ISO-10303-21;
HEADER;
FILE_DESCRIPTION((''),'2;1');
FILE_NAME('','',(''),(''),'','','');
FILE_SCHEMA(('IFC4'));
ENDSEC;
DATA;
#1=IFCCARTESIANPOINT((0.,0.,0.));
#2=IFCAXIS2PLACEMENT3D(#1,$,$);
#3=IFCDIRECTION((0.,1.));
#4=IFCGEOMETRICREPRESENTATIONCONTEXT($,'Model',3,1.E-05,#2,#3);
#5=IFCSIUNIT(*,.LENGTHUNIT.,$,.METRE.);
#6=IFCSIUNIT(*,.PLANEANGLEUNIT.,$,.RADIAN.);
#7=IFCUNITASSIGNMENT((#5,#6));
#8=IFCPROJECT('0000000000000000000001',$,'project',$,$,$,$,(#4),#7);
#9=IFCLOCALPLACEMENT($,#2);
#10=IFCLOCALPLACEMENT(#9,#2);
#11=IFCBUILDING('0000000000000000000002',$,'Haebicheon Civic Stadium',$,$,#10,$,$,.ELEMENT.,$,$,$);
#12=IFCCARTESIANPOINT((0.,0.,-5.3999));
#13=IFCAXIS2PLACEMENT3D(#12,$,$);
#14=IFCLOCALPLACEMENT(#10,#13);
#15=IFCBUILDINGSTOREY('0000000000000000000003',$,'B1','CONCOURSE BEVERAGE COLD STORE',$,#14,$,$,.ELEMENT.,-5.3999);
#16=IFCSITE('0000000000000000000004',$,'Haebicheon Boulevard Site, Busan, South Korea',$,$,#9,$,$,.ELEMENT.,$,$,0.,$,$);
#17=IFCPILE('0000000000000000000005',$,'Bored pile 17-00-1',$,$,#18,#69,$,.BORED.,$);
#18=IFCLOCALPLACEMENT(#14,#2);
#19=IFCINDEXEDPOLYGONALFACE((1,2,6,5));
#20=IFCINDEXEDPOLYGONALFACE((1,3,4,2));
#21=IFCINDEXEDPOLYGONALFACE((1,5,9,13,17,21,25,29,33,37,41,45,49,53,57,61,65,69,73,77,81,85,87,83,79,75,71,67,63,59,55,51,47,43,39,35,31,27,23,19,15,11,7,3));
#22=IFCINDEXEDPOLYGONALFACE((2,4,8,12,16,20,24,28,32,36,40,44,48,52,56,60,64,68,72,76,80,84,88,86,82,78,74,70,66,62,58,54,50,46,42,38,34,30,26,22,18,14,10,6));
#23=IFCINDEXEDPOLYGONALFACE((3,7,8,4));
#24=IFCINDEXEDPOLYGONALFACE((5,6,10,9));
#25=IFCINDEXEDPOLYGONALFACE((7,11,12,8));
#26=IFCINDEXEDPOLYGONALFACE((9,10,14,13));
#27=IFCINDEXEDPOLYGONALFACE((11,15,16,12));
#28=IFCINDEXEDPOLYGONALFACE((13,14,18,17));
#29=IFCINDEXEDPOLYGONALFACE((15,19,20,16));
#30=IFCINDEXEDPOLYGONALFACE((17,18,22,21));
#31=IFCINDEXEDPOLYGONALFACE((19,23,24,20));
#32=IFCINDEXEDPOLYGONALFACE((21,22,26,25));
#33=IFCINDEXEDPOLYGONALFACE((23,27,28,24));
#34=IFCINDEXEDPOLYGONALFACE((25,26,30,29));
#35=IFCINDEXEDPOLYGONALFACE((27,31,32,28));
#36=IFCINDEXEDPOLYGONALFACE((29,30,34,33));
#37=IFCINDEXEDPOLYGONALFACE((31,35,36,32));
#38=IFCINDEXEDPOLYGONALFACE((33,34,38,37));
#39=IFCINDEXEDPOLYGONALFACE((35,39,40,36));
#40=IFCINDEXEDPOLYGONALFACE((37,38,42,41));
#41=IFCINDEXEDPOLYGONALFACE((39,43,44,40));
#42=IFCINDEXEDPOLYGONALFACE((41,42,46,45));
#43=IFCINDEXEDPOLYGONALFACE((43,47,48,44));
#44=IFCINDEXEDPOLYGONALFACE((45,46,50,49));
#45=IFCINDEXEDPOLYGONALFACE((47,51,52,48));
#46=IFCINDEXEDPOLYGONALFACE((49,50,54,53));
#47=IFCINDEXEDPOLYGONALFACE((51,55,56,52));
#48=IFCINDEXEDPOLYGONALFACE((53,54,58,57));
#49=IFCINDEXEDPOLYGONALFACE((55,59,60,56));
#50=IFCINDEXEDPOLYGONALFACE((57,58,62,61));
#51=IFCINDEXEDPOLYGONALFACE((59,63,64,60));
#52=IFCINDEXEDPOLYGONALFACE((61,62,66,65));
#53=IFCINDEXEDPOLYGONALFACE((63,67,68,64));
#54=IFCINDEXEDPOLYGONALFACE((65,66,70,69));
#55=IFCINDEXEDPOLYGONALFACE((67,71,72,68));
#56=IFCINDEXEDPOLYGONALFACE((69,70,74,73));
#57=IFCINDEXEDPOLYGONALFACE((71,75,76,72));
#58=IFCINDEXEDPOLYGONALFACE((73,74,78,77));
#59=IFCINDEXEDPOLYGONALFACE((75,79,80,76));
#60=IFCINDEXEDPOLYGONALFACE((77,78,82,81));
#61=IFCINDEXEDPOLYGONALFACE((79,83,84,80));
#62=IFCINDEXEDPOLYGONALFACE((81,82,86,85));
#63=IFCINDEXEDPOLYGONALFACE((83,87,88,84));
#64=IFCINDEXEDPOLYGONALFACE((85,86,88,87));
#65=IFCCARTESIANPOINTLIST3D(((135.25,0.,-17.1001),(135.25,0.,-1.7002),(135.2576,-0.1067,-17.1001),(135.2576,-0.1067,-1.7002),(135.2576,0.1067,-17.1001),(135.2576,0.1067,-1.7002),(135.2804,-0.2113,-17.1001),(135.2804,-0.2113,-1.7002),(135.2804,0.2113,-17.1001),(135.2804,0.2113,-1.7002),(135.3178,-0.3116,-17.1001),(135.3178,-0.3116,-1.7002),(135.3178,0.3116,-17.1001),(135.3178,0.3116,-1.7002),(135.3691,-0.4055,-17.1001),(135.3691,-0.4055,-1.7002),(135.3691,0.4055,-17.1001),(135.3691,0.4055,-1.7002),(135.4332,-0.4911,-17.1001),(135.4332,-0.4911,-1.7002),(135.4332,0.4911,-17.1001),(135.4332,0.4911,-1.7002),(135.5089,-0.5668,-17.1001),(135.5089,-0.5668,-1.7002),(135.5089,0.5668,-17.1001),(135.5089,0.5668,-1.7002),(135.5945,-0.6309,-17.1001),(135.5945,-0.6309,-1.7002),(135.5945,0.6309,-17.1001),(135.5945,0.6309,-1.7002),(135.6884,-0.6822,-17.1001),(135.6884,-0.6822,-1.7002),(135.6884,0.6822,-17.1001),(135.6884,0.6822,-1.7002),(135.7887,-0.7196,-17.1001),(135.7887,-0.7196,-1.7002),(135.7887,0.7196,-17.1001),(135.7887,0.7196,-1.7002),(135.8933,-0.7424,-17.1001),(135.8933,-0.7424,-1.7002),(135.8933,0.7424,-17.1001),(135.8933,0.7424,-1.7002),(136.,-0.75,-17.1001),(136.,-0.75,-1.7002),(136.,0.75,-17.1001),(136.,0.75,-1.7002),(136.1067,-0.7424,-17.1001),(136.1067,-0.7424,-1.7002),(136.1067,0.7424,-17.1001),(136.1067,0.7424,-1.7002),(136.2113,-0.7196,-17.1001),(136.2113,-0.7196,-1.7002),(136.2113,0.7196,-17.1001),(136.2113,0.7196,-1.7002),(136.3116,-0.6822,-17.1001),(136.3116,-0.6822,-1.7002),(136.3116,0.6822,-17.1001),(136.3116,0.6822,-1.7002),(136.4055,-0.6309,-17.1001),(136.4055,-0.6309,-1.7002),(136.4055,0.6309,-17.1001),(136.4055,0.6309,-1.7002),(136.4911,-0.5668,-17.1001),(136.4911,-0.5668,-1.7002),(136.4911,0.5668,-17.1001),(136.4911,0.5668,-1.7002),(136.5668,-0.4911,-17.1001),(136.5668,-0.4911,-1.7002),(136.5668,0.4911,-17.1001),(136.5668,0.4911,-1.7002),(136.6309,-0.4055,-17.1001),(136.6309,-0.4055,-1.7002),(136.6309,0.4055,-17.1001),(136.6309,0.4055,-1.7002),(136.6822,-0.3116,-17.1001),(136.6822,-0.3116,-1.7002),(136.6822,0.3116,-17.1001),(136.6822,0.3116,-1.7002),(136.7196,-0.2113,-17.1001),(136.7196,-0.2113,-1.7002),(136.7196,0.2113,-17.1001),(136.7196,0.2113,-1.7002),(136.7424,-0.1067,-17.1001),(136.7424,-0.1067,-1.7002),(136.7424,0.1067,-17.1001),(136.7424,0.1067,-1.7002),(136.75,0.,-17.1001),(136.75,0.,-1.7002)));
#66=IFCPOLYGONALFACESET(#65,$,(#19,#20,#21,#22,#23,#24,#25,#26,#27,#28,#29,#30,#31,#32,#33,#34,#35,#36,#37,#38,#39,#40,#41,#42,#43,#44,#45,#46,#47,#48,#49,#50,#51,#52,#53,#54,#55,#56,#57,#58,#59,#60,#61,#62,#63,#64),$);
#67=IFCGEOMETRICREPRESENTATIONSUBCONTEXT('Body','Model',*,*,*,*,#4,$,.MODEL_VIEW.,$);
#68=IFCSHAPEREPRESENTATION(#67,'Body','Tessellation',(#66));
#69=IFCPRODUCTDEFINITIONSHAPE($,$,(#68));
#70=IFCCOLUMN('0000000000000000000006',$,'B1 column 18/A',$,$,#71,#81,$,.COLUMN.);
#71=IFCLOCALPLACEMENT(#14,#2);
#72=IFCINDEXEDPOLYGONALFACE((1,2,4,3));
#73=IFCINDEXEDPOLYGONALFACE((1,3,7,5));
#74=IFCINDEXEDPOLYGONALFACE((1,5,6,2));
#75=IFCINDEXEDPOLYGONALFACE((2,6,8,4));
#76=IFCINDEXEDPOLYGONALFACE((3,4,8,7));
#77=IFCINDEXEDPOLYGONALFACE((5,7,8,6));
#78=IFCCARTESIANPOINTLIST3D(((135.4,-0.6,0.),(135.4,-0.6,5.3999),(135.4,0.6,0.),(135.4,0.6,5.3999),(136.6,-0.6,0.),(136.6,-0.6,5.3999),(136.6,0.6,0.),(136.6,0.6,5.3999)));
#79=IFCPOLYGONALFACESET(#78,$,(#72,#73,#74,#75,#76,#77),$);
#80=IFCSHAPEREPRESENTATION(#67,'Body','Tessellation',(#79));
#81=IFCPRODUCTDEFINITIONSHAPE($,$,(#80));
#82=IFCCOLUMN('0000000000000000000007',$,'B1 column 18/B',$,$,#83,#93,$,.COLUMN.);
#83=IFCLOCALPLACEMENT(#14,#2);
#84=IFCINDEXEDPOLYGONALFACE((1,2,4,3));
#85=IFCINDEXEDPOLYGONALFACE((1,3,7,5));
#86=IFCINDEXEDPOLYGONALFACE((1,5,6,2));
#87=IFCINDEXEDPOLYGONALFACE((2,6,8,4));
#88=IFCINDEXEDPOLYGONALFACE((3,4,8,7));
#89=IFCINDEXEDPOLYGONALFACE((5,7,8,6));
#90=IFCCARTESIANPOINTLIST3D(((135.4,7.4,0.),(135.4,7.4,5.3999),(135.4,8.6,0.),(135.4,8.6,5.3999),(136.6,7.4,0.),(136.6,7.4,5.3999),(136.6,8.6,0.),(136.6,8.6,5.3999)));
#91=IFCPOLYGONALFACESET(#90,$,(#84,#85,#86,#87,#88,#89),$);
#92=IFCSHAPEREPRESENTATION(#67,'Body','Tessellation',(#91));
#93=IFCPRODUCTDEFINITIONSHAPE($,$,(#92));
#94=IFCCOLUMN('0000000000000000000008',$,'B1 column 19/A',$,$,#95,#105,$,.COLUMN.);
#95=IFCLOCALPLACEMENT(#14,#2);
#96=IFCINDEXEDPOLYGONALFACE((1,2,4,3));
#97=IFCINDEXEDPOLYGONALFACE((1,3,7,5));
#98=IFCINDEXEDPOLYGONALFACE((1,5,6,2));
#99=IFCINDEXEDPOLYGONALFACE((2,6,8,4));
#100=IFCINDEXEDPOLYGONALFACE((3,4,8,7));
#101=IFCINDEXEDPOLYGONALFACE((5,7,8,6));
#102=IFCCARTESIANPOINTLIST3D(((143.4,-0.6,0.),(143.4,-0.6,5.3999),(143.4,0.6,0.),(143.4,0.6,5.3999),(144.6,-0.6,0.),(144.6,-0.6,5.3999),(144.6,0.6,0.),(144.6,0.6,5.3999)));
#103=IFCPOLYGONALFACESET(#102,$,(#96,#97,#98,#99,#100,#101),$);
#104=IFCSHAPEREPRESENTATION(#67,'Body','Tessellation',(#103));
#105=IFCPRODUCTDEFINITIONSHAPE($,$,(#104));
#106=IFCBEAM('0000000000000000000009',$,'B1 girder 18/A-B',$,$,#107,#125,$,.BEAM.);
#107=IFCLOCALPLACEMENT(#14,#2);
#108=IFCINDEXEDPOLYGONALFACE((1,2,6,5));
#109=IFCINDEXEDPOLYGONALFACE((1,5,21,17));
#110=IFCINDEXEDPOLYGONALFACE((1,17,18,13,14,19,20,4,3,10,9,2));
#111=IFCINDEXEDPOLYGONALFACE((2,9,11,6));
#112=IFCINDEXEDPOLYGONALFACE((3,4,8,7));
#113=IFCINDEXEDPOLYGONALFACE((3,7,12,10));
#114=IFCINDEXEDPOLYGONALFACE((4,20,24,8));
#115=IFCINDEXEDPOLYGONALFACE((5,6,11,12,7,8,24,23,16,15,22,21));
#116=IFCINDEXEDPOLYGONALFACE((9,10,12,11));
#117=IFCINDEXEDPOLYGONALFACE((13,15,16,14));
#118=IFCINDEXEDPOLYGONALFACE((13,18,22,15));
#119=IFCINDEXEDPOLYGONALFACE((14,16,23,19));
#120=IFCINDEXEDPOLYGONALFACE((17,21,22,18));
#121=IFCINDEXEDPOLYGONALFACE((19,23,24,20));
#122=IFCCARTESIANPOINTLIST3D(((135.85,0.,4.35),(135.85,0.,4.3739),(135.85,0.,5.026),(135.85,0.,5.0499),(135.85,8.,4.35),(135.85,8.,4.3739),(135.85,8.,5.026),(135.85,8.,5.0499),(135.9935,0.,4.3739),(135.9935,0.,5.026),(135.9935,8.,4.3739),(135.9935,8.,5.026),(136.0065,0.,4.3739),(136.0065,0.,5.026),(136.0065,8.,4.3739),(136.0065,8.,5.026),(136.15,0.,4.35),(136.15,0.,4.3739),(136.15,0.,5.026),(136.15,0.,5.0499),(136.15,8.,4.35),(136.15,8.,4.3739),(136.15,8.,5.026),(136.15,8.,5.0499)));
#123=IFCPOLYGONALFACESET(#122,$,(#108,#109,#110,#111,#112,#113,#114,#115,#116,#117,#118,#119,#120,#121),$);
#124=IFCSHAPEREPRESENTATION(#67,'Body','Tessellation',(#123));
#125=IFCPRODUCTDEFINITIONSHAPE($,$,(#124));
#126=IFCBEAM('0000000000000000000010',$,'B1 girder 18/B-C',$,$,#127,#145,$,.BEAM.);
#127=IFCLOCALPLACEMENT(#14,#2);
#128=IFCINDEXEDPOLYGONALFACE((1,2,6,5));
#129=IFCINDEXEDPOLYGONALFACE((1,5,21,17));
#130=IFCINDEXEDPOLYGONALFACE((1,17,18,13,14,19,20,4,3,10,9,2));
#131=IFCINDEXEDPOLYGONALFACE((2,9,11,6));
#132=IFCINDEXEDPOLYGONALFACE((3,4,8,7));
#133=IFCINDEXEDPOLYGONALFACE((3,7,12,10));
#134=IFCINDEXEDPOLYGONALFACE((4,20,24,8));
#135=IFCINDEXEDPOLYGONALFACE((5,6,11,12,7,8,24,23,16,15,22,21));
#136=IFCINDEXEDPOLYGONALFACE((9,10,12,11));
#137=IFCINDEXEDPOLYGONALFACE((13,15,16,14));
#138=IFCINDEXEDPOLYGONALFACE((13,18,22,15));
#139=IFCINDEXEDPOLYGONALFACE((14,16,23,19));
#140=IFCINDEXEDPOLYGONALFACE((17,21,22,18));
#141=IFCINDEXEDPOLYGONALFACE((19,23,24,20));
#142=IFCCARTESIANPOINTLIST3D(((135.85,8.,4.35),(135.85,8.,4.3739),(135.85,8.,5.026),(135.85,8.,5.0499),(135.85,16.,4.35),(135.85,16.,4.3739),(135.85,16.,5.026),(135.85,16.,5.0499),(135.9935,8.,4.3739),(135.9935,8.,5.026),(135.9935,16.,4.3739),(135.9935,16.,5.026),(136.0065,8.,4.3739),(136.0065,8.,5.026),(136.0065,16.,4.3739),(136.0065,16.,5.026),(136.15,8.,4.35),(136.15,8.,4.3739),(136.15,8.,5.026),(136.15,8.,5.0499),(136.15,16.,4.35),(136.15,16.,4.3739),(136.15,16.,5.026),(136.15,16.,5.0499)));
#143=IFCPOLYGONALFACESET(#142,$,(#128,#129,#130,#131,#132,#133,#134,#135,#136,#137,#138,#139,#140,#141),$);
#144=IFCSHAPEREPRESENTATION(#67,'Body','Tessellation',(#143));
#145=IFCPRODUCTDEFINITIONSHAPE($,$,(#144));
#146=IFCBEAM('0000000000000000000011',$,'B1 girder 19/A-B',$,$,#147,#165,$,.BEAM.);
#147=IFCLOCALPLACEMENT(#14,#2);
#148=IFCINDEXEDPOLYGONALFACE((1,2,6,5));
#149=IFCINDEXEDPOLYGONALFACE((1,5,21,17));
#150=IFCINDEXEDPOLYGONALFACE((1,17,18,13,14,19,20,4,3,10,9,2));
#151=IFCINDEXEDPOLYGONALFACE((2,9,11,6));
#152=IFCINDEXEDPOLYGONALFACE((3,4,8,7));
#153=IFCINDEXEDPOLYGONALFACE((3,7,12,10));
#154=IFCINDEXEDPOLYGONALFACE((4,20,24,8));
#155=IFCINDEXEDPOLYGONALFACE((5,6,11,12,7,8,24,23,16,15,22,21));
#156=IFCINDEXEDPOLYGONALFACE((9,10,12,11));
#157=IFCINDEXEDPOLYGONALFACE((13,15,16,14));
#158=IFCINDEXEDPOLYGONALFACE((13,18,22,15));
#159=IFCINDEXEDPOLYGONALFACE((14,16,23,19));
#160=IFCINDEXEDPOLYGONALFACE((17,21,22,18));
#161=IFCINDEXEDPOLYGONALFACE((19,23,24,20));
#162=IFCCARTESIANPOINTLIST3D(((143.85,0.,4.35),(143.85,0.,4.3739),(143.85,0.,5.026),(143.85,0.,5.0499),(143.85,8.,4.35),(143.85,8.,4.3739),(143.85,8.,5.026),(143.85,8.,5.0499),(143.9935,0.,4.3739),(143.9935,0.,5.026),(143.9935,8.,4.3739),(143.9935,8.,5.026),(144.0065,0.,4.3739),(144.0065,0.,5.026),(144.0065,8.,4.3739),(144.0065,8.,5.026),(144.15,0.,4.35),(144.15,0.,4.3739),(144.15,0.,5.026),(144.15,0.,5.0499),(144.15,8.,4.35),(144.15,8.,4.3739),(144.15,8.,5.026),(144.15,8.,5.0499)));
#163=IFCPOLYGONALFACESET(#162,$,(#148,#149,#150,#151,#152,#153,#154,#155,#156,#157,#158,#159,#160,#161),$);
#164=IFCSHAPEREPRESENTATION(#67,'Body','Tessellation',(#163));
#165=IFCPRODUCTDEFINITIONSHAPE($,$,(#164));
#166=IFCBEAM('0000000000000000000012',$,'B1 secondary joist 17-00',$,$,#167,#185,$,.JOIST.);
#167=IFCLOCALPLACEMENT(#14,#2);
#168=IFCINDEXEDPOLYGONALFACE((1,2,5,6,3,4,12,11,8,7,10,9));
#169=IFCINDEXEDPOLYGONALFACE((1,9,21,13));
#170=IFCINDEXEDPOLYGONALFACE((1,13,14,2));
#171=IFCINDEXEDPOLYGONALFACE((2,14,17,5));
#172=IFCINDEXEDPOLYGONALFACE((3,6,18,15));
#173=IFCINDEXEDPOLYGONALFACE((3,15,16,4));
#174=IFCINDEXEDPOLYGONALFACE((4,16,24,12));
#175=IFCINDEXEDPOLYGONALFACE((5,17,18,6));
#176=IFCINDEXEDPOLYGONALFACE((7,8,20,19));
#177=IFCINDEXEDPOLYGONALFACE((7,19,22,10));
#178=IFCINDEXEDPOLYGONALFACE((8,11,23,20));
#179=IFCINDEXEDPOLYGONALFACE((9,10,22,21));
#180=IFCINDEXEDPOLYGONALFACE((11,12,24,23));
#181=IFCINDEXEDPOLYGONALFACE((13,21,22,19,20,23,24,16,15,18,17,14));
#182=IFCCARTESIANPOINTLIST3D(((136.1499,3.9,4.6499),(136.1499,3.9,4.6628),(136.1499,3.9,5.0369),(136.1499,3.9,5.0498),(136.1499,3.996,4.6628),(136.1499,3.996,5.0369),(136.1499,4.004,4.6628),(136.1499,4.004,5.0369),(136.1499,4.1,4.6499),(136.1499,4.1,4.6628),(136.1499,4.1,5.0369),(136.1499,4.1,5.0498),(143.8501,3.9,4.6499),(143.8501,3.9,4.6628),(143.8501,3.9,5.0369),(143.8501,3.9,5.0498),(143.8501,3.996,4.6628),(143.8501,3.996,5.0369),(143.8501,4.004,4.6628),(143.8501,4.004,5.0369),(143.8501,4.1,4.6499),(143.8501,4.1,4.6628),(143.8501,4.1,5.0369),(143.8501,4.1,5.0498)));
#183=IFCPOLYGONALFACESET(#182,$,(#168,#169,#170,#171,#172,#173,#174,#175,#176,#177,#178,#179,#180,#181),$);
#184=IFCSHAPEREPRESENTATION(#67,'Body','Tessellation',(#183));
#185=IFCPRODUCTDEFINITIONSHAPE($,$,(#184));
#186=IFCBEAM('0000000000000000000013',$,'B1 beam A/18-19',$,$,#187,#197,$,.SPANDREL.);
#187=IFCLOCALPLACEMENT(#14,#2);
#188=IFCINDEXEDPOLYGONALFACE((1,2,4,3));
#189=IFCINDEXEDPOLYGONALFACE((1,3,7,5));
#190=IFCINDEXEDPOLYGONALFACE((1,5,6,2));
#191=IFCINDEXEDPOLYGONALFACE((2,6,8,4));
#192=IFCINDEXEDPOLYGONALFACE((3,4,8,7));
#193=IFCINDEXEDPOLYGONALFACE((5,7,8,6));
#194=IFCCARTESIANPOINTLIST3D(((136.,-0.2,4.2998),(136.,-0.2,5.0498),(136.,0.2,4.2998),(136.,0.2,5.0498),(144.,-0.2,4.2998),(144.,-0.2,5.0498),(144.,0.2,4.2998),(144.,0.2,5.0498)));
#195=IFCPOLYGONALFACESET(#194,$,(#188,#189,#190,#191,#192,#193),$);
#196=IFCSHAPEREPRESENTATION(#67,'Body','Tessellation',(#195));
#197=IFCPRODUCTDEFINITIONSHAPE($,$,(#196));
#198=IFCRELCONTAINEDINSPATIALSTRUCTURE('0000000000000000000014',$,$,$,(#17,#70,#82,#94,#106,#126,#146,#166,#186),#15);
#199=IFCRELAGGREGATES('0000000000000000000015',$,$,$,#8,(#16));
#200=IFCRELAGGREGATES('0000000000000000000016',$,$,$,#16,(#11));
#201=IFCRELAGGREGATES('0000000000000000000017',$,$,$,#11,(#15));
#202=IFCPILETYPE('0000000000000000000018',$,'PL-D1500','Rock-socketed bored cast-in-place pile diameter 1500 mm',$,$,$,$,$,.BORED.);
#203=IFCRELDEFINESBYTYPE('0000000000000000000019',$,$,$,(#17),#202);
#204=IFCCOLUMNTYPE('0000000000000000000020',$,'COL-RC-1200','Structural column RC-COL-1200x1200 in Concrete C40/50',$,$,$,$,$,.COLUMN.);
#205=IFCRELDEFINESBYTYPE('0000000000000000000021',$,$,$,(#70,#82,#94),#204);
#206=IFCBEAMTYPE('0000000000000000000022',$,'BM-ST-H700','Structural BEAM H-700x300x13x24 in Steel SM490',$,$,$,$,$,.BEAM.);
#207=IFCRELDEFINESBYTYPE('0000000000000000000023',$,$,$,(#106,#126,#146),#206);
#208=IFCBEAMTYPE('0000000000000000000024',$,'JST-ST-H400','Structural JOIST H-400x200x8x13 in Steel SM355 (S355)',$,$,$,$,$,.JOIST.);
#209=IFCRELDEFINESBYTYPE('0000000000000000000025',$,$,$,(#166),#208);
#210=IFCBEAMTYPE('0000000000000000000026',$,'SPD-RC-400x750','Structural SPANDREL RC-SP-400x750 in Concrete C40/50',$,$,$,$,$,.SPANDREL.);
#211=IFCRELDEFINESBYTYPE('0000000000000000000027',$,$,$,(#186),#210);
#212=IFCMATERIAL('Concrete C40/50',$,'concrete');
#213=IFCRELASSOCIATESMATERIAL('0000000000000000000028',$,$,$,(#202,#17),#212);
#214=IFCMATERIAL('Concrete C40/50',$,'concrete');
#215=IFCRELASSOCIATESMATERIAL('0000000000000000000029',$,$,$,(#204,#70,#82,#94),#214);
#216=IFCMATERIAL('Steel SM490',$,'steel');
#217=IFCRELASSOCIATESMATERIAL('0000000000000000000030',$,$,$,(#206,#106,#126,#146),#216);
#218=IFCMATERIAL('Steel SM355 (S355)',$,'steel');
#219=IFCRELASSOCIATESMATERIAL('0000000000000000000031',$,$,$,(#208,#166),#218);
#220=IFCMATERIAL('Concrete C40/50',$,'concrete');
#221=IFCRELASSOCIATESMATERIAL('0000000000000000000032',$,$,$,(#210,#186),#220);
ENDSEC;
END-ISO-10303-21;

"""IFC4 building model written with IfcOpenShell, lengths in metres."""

from ifc_helpers import new_model, si_unit, direction, frame, origin, origin_2d, place, context, subcontext, project, spatial, rectangle, circle, i_section, extrude, material, material_profile, profile_set, type_object, element, save


model = new_model("IFC4")

# Units and contexts
model_context = context("Model", 3, precision=1e-05, world=origin(), true_north=direction((0.0, 1.0)))
body_context = subcontext(model_context, "Body", "Model", "MODEL_VIEW")
ifc_project = project(units=[si_unit("LENGTHUNIT", "METRE"), si_unit("PLANEANGLEUNIT", "RADIAN")], contexts=[model_context])

# Site, building, storey
site_placement = place(None, origin())
site = spatial("IfcSite", under=ifc_project, at=site_placement, Name="Haebicheon Boulevard Site, Busan, South Korea", CompositionType="ELEMENT", RefElevation=0.0)
building_placement = place(site_placement, origin())
building = spatial("IfcBuilding", under=site, at=building_placement, Name="Haebicheon Civic Stadium", CompositionType="ELEMENT")
storey_placement = place(building_placement, frame((0.0, 0.0, -5.3999)))
storey = spatial("IfcBuildingStorey", under=building, at=storey_placement, Name="B1", Description="CONCOURSE BEVERAGE COLD STORE", CompositionType="ELEMENT", Elevation=-5.3999)

# Pile
ifc_material_1 = material(Name="Concrete C40/50", Category="concrete")
ifc_material_profile_1 = material_profile(ifc_material_1, circle(Radius=0.75, at=origin_2d()), Name="PILE-D1500")
ifc_profile_set_1 = profile_set([ifc_material_profile_1], Name="Concrete C40/50")
pile_type_1 = type_object("IfcPileType", Name="PL-D1500", Description="Rock-socketed bored cast-in-place pile diameter 1500 mm", PredefinedType="BORED", material=ifc_profile_set_1)
pile_placement = place(storey_placement, frame((136.0, 0.0, -1.7002), z_axis=(0.0, 0.0, -1.0), x_axis=(1.0, 0.0, 0.0)))
element("IfcPile", 1, at=pile_placement, inside=storey, type_object=pile_type_1, material=ifc_profile_set_1, Name="Bored pile 17-00-1", PredefinedType="BORED", context=body_context, shape_type="SweptSolid", body=[
    extrude(circle(Radius=0.75, at=origin_2d()), origin(), (0.0, 0.0, 1.0), 15.3999),
])

# Columns
ifc_material_2 = material(Name="Concrete C40/50", Category="concrete")
ifc_material_profile_2 = material_profile(ifc_material_2, rectangle(XDim=1.2, YDim=1.2, at=origin_2d()), Name="RC-COL-1200x1200")
ifc_profile_set_2 = profile_set([ifc_material_profile_2], Name="Concrete C40/50")
column_type = type_object("IfcColumnType", Name="COL-RC-1200", Description="Structural column RC-COL-1200x1200 in Concrete C40/50", PredefinedType="COLUMN", material=ifc_profile_set_2)
for number, where, z_axis, x_axis, name in (
    (2, (136.0, 0.0, 0.0), (0.0, 0.0, 1.0), (1.0, 0.0, 0.0), "B1 column 18/A"),
    (3, (136.0, 8.0, 0.0), (0.0, 0.0, 1.0), (1.0, 0.0, 0.0), "B1 column 18/B"),
    (4, (144.0, 0.0, 0.0), (0.0, 0.0, 1.0), (1.0, 0.0, 0.0), "B1 column 19/A"),
):
    element("IfcColumn", number, at=place(storey_placement, frame(where, z_axis=z_axis, x_axis=x_axis)), inside=storey, type_object=column_type, material=ifc_profile_set_2, Name=name, PredefinedType="COLUMN", context=body_context, shape_type="SweptSolid", body=[
        extrude(rectangle(XDim=1.2, YDim=1.2, at=origin_2d()), origin(), (0.0, 0.0, 1.0), 5.3999),
    ])

# Beams
ifc_material_3 = material(Name="Steel SM490", Category="steel")
ifc_material_profile_3 = material_profile(ifc_material_3, i_section(OverallWidth=0.3, OverallDepth=0.7, WebThickness=0.0129, FlangeThickness=0.0239, at=origin_2d()), Name="H-700x300x13x24")
ifc_profile_set_3 = profile_set([ifc_material_profile_3], Name="Steel SM490")
beam_type_1 = type_object("IfcBeamType", Name="BM-ST-H700", Description="Structural BEAM H-700x300x13x24 in Steel SM490", PredefinedType="BEAM", material=ifc_profile_set_3)
for number, where, z_axis, x_axis, name in (
    (5, (136.0, 0.0, 4.7), (0.0, 1.0, 0.0), (-1.0, 0.0, 0.0), "B1 girder 18/A-B"),
    (6, (136.0, 8.0, 4.7), (0.0, 1.0, 0.0), (-1.0, 0.0, 0.0), "B1 girder 18/B-C"),
    (7, (144.0, 0.0, 4.7), (0.0, 1.0, 0.0), (-1.0, 0.0, 0.0), "B1 girder 19/A-B"),
):
    element("IfcBeam", number, at=place(storey_placement, frame(where, z_axis=z_axis, x_axis=x_axis)), inside=storey, type_object=beam_type_1, material=ifc_profile_set_3, Name=name, PredefinedType="BEAM", context=body_context, shape_type="SweptSolid", body=[
        extrude(i_section(OverallWidth=0.3, OverallDepth=0.7, WebThickness=0.0129, FlangeThickness=0.0239, at=origin_2d()), origin(), (0.0, 0.0, 1.0), 8.0),
    ])
ifc_material_4 = material(Name="Steel SM355 (S355)", Category="steel")
ifc_material_profile_4 = material_profile(ifc_material_4, i_section(OverallWidth=0.2, OverallDepth=0.3999, WebThickness=0.0081, FlangeThickness=0.0129, at=origin_2d()), Name="H-400x200x8x13")
ifc_profile_set_4 = profile_set([ifc_material_profile_4], Name="Steel SM355 (S355)")
beam_type_2 = type_object("IfcBeamType", Name="JST-ST-H400", Description="Structural JOIST H-400x200x8x13 in Steel SM355 (S355)", PredefinedType="JOIST", material=ifc_profile_set_4)
beam_placement = place(storey_placement, frame((136.1499, 4.0, 4.8499), z_axis=(1.0, 0.0, 0.0), x_axis=(0.0, 1.0, 0.0)))
element("IfcBeam", 8, at=beam_placement, inside=storey, type_object=beam_type_2, material=ifc_profile_set_4, Name="B1 secondary joist 17-00", PredefinedType="JOIST", context=body_context, shape_type="SweptSolid", body=[
    extrude(i_section(OverallWidth=0.2, OverallDepth=0.3999, WebThickness=0.0081, FlangeThickness=0.0129, at=origin_2d()), origin(), (0.0, 0.0, 1.0), 7.7002),
])
ifc_material_5 = material(Name="Concrete C40/50", Category="concrete")
ifc_material_profile_5 = material_profile(ifc_material_5, rectangle(XDim=0.3999, YDim=0.75, at=origin_2d()), Name="RC-SP-400x750")
ifc_profile_set_5 = profile_set([ifc_material_profile_5], Name="Concrete C40/50")
beam_type_3 = type_object("IfcBeamType", Name="SPD-RC-400x750", Description="Structural SPANDREL RC-SP-400x750 in Concrete C40/50", PredefinedType="SPANDREL", material=ifc_profile_set_5)
for number, where, z_axis, x_axis, name in (
    (9, (136.0, 0.0, 4.6748), (1.0, 0.0, 0.0), (0.0, 1.0, 0.0), "B1 beam A/18-19"),
):
    element("IfcBeam", number, at=place(storey_placement, frame(where, z_axis=z_axis, x_axis=x_axis)), inside=storey, type_object=beam_type_3, material=ifc_profile_set_5, Name=name, PredefinedType="SPANDREL", context=body_context, shape_type="SweptSolid", body=[
        extrude(rectangle(XDim=0.3999, YDim=0.75, at=origin_2d()), origin(), (0.0, 0.0, 1.0), 8.0),
    ])

save(model, "model.ifc")
